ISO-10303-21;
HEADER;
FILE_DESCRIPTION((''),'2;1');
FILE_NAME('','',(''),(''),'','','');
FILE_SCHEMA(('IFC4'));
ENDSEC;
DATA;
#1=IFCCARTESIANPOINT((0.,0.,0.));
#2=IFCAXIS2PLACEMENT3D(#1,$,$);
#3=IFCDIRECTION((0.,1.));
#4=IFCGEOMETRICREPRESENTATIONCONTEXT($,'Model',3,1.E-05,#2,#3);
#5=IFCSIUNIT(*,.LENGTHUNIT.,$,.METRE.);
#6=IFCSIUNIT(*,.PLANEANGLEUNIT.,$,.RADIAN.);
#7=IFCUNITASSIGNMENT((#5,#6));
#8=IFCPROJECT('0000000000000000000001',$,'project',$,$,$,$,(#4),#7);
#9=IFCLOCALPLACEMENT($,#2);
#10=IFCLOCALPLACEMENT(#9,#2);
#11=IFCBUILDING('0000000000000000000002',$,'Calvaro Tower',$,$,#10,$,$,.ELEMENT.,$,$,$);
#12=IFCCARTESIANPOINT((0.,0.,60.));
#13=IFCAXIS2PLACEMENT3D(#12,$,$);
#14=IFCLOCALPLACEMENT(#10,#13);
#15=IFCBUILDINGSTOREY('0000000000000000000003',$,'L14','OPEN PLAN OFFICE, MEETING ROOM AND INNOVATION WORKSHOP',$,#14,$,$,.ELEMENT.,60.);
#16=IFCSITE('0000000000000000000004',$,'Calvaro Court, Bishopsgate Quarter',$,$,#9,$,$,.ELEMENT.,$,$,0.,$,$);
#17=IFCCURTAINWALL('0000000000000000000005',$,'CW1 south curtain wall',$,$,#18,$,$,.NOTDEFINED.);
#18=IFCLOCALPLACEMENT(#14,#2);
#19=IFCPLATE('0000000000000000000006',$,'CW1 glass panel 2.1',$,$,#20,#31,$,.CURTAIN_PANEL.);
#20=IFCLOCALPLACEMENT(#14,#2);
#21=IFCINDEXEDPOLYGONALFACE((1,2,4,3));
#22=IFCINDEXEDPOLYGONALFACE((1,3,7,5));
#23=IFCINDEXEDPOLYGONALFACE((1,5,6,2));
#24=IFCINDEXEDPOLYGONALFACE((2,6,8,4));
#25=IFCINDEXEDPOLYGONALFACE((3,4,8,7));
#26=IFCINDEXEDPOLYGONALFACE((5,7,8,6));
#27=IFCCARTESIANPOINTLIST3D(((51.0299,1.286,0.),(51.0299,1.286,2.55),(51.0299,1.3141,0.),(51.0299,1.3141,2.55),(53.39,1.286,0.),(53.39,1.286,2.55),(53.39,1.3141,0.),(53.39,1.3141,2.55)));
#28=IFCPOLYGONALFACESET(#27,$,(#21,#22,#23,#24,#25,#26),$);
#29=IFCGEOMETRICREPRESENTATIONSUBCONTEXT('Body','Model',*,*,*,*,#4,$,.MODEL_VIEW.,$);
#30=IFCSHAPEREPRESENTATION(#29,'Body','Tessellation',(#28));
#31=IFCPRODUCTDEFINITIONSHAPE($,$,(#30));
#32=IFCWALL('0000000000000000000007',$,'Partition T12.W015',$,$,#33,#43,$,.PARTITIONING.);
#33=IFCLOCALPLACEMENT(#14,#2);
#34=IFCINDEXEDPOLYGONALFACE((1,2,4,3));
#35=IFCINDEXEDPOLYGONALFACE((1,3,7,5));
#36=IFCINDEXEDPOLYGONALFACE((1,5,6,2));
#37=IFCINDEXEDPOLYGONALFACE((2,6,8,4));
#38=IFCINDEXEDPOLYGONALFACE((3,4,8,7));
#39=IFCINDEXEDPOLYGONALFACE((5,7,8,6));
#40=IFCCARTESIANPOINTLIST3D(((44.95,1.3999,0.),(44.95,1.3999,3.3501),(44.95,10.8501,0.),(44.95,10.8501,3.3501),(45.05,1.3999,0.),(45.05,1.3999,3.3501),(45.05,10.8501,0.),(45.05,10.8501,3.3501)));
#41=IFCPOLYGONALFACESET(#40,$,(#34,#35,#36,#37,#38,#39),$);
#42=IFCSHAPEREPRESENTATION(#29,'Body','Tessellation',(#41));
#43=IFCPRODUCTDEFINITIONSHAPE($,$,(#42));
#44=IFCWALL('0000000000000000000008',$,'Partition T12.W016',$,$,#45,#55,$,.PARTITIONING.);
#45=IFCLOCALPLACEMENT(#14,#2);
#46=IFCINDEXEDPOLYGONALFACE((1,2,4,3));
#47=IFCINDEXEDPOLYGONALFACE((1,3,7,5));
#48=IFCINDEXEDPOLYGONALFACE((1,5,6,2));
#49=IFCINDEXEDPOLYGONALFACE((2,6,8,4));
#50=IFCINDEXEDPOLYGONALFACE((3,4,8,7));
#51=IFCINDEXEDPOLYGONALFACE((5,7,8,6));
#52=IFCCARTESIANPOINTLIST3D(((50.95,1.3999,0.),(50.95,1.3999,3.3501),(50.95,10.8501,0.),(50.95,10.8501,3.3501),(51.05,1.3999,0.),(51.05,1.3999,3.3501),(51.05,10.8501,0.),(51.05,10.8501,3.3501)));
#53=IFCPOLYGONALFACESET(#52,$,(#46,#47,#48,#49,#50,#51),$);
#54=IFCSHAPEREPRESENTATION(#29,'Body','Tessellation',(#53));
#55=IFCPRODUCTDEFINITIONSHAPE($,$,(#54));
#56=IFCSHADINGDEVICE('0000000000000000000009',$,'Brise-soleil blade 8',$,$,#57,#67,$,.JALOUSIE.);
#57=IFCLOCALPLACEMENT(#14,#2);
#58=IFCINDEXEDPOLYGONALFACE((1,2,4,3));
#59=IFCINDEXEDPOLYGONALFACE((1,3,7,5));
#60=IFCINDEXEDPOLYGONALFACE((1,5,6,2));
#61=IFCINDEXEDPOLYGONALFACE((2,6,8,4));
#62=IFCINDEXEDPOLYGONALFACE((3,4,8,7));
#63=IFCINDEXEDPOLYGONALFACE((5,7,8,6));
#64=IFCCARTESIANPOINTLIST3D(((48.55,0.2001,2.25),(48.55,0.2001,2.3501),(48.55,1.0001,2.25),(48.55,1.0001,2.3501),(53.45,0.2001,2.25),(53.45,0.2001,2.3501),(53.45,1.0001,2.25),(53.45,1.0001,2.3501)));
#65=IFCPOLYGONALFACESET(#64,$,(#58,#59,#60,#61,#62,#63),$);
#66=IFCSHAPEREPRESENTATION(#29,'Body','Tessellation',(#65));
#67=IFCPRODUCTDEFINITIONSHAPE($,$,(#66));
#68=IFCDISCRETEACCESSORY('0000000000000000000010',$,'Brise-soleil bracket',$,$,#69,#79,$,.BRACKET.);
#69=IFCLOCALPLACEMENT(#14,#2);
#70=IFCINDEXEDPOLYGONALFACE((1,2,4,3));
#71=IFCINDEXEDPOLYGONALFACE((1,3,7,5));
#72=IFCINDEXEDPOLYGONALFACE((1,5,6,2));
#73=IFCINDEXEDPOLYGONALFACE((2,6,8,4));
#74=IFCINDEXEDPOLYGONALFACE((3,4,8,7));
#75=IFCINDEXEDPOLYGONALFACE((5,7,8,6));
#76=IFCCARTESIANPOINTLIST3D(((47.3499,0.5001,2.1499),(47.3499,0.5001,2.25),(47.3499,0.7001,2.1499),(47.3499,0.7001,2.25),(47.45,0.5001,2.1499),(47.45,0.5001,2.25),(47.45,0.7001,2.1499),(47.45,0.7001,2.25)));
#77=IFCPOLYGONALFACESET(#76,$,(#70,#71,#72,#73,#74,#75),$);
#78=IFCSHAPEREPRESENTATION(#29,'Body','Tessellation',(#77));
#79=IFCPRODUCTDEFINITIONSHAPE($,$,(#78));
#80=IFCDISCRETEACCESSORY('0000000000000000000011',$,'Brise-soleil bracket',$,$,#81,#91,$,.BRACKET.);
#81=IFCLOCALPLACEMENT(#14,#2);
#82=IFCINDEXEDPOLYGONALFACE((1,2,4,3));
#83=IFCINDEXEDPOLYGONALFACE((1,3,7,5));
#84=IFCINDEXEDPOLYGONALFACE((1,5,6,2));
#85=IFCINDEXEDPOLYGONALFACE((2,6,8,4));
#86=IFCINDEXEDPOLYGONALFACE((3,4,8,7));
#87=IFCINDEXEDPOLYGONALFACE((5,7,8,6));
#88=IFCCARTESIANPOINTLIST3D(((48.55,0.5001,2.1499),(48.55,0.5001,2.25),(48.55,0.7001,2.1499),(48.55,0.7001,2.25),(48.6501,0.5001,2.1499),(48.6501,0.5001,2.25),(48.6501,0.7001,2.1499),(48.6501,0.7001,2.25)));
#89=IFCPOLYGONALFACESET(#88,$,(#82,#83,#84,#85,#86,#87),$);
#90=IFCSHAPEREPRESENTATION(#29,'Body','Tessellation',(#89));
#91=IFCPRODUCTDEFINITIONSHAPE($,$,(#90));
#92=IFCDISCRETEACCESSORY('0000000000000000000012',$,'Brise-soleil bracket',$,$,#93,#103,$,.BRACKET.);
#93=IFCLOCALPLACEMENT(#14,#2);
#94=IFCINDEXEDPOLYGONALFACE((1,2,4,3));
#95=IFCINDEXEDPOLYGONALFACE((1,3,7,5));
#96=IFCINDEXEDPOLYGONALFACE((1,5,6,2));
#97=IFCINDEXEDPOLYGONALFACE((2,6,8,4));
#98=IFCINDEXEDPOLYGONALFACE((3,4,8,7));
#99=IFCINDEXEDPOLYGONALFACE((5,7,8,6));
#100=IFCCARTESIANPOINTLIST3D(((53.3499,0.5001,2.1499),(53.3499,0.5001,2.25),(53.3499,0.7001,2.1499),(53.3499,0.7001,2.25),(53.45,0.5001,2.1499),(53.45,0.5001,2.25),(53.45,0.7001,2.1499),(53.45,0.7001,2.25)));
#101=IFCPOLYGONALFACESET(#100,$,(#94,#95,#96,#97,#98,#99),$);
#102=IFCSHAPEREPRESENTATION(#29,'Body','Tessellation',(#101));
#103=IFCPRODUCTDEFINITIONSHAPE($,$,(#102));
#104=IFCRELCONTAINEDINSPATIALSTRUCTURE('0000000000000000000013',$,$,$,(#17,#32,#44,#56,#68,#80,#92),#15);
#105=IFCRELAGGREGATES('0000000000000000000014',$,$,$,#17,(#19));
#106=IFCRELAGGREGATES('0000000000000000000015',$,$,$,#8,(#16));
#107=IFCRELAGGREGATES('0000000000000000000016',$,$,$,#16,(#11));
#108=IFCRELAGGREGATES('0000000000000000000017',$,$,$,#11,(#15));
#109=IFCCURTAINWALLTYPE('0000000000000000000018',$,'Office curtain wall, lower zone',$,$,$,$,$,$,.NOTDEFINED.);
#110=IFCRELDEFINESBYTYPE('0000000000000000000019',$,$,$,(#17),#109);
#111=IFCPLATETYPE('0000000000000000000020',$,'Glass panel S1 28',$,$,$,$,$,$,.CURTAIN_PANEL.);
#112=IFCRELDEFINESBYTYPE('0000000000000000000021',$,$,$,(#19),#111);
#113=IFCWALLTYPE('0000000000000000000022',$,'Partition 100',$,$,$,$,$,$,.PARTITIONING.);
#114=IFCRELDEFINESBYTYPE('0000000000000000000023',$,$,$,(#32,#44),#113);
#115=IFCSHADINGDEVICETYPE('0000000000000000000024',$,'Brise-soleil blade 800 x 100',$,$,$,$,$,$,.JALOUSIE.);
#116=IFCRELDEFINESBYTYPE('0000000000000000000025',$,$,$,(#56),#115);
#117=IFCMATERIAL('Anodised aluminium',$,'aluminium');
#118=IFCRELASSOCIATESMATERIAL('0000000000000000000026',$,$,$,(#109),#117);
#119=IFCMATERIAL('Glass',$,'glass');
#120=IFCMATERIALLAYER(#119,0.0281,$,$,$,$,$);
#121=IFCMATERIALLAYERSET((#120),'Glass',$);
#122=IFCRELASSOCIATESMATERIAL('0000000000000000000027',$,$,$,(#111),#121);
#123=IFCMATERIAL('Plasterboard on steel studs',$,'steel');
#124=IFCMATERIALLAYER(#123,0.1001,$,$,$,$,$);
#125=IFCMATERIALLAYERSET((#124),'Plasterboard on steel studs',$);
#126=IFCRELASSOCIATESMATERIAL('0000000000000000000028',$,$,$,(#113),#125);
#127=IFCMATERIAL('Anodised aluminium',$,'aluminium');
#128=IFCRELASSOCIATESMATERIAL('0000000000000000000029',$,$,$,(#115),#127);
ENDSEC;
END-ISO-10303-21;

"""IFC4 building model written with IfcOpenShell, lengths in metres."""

from ifc_helpers import new_model, si_unit, direction, frame, frame_2d, origin, origin_2d, place, context, subcontext, project, spatial, rectangle, extrude, material, layer, layer_set, material_profile, profile_set, type_object, element, aggregate, save


model = new_model("IFC4")

# Units and contexts
model_context = context("Model", 3, precision=1e-05, world=origin(), true_north=direction((0.0, 1.0)))
body_context = subcontext(model_context, "Body", "Model", "MODEL_VIEW")
ifc_project = project(units=[si_unit("LENGTHUNIT", "METRE"), si_unit("PLANEANGLEUNIT", "RADIAN")], contexts=[model_context])

# Site, building, storey
site_placement = place(None, origin())
site = spatial("IfcSite", under=ifc_project, at=site_placement, Name="Calvaro Court, Bishopsgate Quarter", CompositionType="ELEMENT", RefElevation=0.0)
building_placement = place(site_placement, origin())
building = spatial("IfcBuilding", under=site, at=building_placement, Name="Calvaro Tower", CompositionType="ELEMENT")
storey_placement = place(building_placement, frame((0.0, 0.0, 60.0)))
storey = spatial("IfcBuildingStorey", under=building, at=storey_placement, Name="L14", Description="OPEN PLAN OFFICE, MEETING ROOM AND INNOVATION WORKSHOP", CompositionType="ELEMENT", Elevation=60.0)

# Curtain wall
ifc_material_1 = material(Name="Anodised aluminium", Category="aluminium")
curtain_wall_type = type_object("IfcCurtainWallType", Name="Office curtain wall, lower zone", PredefinedType="NOTDEFINED", material=ifc_material_1)
curtain_wall_1_placement = place(storey_placement, origin())
curtain_wall_1 = element("IfcCurtainWall", 1, at=curtain_wall_1_placement, inside=storey, type_object=curtain_wall_type, Name="CW1 south curtain wall", PredefinedType="NOTDEFINED")

# Plate
ifc_material_2 = material(Name="Glass", Category="glass")
ifc_layer_1 = layer(ifc_material_2, 0.0281)
ifc_layer_set_1 = layer_set([ifc_layer_1], Name="Glass")
plate_type = type_object("IfcPlateType", Name="Glass panel S1 28", PredefinedType="CURTAIN_PANEL", material=ifc_layer_set_1)
plate_1_placement = place(storey_placement, frame((52.21, 1.3, 0.0), z_axis=(0.0, 0.0, 1.0), x_axis=(1.0, 0.0, 0.0)))
plate_1 = element("IfcPlate", 2, at=plate_1_placement, type_object=plate_type, Name="CW1 glass panel 2.1", PredefinedType="CURTAIN_PANEL", context=body_context, shape_type="SweptSolid", body=[
    extrude(rectangle(XDim=2.3601, YDim=0.0281, at=origin_2d()), origin(), (0.0, 0.0, 1.0), 2.55),
])
aggregate(curtain_wall_1, [plate_1])

# Walls
ifc_material_3 = material(Name="Plasterboard on steel studs", Category="steel")
ifc_layer_2 = layer(ifc_material_3, 0.1001)
ifc_layer_set_2 = layer_set([ifc_layer_2], Name="Plasterboard on steel studs")
wall_type = type_object("IfcWallType", Name="Partition 100", PredefinedType="PARTITIONING", material=ifc_layer_set_2)
for number, where, z_axis, x_axis, name in (
    (3, (45.0, 1.3999, 0.0), (0.0, 0.0, 1.0), (0.0, 1.0, 0.0), "Partition T12.W015"),
    (4, (51.0, 1.3999, 0.0), (0.0, 0.0, 1.0), (0.0, 1.0, 0.0), "Partition T12.W016"),
):
    element("IfcWall", number, at=place(storey_placement, frame(where, z_axis=z_axis, x_axis=x_axis)), inside=storey, type_object=wall_type, Name=name, PredefinedType="PARTITIONING", context=body_context, shape_type="SweptSolid", body=[
        extrude(rectangle(XDim=9.4502, YDim=0.1001, at=frame_2d((4.7251, 0.0))), origin(), (0.0, 0.0, 1.0), 3.3501),
    ])

# Shading device
ifc_material_4 = material(Name="Anodised aluminium", Category="aluminium")
ifc_material_profile_1 = material_profile(ifc_material_4, rectangle(XDim=0.8, YDim=0.1001, at=origin_2d()), Name="Brise-soleil blade 800 x 100")
ifc_profile_set_1 = profile_set([ifc_material_profile_1], Name="Anodised aluminium")
shading_device_type = type_object("IfcShadingDeviceType", Name="Brise-soleil blade 800 x 100", PredefinedType="JALOUSIE", material=ifc_profile_set_1)
shading_device_placement = place(storey_placement, frame((48.55, 0.6001, 2.3), z_axis=(1.0, 0.0, 0.0), x_axis=(0.0, 1.0, 0.0)))
element("IfcShadingDevice", 5, at=shading_device_placement, inside=storey, type_object=shading_device_type, Name="Brise-soleil blade 8", PredefinedType="JALOUSIE", context=body_context, shape_type="SweptSolid", body=[
    extrude(rectangle(XDim=0.8, YDim=0.1001, at=origin_2d()), origin(), (0.0, 0.0, 1.0), 4.8999),
])

# Discrete accessories
for number, where, z_axis, x_axis, name in (
    (6, (47.3999, 0.6001, 2.1499), (0.0, 0.0, 1.0), (1.0, 0.0, 0.0), "Brise-soleil bracket"),
    (7, (48.6001, 0.6001, 2.1499), (0.0, 0.0, 1.0), (1.0, 0.0, 0.0), "Brise-soleil bracket"),
    (8, (53.3999, 0.6001, 2.1499), (0.0, 0.0, 1.0), (1.0, 0.0, 0.0), "Brise-soleil bracket"),
):
    element("IfcDiscreteAccessory", number, at=place(storey_placement, frame(where, z_axis=z_axis, x_axis=x_axis)), inside=storey, Name=name, PredefinedType="BRACKET", context=body_context, shape_type="SweptSolid", body=[
        extrude(rectangle(XDim=0.1001, YDim=0.2, at=origin_2d()), origin(), (0.0, 0.0, 1.0), 0.1001),
    ])

save(model, "model.ifc")
